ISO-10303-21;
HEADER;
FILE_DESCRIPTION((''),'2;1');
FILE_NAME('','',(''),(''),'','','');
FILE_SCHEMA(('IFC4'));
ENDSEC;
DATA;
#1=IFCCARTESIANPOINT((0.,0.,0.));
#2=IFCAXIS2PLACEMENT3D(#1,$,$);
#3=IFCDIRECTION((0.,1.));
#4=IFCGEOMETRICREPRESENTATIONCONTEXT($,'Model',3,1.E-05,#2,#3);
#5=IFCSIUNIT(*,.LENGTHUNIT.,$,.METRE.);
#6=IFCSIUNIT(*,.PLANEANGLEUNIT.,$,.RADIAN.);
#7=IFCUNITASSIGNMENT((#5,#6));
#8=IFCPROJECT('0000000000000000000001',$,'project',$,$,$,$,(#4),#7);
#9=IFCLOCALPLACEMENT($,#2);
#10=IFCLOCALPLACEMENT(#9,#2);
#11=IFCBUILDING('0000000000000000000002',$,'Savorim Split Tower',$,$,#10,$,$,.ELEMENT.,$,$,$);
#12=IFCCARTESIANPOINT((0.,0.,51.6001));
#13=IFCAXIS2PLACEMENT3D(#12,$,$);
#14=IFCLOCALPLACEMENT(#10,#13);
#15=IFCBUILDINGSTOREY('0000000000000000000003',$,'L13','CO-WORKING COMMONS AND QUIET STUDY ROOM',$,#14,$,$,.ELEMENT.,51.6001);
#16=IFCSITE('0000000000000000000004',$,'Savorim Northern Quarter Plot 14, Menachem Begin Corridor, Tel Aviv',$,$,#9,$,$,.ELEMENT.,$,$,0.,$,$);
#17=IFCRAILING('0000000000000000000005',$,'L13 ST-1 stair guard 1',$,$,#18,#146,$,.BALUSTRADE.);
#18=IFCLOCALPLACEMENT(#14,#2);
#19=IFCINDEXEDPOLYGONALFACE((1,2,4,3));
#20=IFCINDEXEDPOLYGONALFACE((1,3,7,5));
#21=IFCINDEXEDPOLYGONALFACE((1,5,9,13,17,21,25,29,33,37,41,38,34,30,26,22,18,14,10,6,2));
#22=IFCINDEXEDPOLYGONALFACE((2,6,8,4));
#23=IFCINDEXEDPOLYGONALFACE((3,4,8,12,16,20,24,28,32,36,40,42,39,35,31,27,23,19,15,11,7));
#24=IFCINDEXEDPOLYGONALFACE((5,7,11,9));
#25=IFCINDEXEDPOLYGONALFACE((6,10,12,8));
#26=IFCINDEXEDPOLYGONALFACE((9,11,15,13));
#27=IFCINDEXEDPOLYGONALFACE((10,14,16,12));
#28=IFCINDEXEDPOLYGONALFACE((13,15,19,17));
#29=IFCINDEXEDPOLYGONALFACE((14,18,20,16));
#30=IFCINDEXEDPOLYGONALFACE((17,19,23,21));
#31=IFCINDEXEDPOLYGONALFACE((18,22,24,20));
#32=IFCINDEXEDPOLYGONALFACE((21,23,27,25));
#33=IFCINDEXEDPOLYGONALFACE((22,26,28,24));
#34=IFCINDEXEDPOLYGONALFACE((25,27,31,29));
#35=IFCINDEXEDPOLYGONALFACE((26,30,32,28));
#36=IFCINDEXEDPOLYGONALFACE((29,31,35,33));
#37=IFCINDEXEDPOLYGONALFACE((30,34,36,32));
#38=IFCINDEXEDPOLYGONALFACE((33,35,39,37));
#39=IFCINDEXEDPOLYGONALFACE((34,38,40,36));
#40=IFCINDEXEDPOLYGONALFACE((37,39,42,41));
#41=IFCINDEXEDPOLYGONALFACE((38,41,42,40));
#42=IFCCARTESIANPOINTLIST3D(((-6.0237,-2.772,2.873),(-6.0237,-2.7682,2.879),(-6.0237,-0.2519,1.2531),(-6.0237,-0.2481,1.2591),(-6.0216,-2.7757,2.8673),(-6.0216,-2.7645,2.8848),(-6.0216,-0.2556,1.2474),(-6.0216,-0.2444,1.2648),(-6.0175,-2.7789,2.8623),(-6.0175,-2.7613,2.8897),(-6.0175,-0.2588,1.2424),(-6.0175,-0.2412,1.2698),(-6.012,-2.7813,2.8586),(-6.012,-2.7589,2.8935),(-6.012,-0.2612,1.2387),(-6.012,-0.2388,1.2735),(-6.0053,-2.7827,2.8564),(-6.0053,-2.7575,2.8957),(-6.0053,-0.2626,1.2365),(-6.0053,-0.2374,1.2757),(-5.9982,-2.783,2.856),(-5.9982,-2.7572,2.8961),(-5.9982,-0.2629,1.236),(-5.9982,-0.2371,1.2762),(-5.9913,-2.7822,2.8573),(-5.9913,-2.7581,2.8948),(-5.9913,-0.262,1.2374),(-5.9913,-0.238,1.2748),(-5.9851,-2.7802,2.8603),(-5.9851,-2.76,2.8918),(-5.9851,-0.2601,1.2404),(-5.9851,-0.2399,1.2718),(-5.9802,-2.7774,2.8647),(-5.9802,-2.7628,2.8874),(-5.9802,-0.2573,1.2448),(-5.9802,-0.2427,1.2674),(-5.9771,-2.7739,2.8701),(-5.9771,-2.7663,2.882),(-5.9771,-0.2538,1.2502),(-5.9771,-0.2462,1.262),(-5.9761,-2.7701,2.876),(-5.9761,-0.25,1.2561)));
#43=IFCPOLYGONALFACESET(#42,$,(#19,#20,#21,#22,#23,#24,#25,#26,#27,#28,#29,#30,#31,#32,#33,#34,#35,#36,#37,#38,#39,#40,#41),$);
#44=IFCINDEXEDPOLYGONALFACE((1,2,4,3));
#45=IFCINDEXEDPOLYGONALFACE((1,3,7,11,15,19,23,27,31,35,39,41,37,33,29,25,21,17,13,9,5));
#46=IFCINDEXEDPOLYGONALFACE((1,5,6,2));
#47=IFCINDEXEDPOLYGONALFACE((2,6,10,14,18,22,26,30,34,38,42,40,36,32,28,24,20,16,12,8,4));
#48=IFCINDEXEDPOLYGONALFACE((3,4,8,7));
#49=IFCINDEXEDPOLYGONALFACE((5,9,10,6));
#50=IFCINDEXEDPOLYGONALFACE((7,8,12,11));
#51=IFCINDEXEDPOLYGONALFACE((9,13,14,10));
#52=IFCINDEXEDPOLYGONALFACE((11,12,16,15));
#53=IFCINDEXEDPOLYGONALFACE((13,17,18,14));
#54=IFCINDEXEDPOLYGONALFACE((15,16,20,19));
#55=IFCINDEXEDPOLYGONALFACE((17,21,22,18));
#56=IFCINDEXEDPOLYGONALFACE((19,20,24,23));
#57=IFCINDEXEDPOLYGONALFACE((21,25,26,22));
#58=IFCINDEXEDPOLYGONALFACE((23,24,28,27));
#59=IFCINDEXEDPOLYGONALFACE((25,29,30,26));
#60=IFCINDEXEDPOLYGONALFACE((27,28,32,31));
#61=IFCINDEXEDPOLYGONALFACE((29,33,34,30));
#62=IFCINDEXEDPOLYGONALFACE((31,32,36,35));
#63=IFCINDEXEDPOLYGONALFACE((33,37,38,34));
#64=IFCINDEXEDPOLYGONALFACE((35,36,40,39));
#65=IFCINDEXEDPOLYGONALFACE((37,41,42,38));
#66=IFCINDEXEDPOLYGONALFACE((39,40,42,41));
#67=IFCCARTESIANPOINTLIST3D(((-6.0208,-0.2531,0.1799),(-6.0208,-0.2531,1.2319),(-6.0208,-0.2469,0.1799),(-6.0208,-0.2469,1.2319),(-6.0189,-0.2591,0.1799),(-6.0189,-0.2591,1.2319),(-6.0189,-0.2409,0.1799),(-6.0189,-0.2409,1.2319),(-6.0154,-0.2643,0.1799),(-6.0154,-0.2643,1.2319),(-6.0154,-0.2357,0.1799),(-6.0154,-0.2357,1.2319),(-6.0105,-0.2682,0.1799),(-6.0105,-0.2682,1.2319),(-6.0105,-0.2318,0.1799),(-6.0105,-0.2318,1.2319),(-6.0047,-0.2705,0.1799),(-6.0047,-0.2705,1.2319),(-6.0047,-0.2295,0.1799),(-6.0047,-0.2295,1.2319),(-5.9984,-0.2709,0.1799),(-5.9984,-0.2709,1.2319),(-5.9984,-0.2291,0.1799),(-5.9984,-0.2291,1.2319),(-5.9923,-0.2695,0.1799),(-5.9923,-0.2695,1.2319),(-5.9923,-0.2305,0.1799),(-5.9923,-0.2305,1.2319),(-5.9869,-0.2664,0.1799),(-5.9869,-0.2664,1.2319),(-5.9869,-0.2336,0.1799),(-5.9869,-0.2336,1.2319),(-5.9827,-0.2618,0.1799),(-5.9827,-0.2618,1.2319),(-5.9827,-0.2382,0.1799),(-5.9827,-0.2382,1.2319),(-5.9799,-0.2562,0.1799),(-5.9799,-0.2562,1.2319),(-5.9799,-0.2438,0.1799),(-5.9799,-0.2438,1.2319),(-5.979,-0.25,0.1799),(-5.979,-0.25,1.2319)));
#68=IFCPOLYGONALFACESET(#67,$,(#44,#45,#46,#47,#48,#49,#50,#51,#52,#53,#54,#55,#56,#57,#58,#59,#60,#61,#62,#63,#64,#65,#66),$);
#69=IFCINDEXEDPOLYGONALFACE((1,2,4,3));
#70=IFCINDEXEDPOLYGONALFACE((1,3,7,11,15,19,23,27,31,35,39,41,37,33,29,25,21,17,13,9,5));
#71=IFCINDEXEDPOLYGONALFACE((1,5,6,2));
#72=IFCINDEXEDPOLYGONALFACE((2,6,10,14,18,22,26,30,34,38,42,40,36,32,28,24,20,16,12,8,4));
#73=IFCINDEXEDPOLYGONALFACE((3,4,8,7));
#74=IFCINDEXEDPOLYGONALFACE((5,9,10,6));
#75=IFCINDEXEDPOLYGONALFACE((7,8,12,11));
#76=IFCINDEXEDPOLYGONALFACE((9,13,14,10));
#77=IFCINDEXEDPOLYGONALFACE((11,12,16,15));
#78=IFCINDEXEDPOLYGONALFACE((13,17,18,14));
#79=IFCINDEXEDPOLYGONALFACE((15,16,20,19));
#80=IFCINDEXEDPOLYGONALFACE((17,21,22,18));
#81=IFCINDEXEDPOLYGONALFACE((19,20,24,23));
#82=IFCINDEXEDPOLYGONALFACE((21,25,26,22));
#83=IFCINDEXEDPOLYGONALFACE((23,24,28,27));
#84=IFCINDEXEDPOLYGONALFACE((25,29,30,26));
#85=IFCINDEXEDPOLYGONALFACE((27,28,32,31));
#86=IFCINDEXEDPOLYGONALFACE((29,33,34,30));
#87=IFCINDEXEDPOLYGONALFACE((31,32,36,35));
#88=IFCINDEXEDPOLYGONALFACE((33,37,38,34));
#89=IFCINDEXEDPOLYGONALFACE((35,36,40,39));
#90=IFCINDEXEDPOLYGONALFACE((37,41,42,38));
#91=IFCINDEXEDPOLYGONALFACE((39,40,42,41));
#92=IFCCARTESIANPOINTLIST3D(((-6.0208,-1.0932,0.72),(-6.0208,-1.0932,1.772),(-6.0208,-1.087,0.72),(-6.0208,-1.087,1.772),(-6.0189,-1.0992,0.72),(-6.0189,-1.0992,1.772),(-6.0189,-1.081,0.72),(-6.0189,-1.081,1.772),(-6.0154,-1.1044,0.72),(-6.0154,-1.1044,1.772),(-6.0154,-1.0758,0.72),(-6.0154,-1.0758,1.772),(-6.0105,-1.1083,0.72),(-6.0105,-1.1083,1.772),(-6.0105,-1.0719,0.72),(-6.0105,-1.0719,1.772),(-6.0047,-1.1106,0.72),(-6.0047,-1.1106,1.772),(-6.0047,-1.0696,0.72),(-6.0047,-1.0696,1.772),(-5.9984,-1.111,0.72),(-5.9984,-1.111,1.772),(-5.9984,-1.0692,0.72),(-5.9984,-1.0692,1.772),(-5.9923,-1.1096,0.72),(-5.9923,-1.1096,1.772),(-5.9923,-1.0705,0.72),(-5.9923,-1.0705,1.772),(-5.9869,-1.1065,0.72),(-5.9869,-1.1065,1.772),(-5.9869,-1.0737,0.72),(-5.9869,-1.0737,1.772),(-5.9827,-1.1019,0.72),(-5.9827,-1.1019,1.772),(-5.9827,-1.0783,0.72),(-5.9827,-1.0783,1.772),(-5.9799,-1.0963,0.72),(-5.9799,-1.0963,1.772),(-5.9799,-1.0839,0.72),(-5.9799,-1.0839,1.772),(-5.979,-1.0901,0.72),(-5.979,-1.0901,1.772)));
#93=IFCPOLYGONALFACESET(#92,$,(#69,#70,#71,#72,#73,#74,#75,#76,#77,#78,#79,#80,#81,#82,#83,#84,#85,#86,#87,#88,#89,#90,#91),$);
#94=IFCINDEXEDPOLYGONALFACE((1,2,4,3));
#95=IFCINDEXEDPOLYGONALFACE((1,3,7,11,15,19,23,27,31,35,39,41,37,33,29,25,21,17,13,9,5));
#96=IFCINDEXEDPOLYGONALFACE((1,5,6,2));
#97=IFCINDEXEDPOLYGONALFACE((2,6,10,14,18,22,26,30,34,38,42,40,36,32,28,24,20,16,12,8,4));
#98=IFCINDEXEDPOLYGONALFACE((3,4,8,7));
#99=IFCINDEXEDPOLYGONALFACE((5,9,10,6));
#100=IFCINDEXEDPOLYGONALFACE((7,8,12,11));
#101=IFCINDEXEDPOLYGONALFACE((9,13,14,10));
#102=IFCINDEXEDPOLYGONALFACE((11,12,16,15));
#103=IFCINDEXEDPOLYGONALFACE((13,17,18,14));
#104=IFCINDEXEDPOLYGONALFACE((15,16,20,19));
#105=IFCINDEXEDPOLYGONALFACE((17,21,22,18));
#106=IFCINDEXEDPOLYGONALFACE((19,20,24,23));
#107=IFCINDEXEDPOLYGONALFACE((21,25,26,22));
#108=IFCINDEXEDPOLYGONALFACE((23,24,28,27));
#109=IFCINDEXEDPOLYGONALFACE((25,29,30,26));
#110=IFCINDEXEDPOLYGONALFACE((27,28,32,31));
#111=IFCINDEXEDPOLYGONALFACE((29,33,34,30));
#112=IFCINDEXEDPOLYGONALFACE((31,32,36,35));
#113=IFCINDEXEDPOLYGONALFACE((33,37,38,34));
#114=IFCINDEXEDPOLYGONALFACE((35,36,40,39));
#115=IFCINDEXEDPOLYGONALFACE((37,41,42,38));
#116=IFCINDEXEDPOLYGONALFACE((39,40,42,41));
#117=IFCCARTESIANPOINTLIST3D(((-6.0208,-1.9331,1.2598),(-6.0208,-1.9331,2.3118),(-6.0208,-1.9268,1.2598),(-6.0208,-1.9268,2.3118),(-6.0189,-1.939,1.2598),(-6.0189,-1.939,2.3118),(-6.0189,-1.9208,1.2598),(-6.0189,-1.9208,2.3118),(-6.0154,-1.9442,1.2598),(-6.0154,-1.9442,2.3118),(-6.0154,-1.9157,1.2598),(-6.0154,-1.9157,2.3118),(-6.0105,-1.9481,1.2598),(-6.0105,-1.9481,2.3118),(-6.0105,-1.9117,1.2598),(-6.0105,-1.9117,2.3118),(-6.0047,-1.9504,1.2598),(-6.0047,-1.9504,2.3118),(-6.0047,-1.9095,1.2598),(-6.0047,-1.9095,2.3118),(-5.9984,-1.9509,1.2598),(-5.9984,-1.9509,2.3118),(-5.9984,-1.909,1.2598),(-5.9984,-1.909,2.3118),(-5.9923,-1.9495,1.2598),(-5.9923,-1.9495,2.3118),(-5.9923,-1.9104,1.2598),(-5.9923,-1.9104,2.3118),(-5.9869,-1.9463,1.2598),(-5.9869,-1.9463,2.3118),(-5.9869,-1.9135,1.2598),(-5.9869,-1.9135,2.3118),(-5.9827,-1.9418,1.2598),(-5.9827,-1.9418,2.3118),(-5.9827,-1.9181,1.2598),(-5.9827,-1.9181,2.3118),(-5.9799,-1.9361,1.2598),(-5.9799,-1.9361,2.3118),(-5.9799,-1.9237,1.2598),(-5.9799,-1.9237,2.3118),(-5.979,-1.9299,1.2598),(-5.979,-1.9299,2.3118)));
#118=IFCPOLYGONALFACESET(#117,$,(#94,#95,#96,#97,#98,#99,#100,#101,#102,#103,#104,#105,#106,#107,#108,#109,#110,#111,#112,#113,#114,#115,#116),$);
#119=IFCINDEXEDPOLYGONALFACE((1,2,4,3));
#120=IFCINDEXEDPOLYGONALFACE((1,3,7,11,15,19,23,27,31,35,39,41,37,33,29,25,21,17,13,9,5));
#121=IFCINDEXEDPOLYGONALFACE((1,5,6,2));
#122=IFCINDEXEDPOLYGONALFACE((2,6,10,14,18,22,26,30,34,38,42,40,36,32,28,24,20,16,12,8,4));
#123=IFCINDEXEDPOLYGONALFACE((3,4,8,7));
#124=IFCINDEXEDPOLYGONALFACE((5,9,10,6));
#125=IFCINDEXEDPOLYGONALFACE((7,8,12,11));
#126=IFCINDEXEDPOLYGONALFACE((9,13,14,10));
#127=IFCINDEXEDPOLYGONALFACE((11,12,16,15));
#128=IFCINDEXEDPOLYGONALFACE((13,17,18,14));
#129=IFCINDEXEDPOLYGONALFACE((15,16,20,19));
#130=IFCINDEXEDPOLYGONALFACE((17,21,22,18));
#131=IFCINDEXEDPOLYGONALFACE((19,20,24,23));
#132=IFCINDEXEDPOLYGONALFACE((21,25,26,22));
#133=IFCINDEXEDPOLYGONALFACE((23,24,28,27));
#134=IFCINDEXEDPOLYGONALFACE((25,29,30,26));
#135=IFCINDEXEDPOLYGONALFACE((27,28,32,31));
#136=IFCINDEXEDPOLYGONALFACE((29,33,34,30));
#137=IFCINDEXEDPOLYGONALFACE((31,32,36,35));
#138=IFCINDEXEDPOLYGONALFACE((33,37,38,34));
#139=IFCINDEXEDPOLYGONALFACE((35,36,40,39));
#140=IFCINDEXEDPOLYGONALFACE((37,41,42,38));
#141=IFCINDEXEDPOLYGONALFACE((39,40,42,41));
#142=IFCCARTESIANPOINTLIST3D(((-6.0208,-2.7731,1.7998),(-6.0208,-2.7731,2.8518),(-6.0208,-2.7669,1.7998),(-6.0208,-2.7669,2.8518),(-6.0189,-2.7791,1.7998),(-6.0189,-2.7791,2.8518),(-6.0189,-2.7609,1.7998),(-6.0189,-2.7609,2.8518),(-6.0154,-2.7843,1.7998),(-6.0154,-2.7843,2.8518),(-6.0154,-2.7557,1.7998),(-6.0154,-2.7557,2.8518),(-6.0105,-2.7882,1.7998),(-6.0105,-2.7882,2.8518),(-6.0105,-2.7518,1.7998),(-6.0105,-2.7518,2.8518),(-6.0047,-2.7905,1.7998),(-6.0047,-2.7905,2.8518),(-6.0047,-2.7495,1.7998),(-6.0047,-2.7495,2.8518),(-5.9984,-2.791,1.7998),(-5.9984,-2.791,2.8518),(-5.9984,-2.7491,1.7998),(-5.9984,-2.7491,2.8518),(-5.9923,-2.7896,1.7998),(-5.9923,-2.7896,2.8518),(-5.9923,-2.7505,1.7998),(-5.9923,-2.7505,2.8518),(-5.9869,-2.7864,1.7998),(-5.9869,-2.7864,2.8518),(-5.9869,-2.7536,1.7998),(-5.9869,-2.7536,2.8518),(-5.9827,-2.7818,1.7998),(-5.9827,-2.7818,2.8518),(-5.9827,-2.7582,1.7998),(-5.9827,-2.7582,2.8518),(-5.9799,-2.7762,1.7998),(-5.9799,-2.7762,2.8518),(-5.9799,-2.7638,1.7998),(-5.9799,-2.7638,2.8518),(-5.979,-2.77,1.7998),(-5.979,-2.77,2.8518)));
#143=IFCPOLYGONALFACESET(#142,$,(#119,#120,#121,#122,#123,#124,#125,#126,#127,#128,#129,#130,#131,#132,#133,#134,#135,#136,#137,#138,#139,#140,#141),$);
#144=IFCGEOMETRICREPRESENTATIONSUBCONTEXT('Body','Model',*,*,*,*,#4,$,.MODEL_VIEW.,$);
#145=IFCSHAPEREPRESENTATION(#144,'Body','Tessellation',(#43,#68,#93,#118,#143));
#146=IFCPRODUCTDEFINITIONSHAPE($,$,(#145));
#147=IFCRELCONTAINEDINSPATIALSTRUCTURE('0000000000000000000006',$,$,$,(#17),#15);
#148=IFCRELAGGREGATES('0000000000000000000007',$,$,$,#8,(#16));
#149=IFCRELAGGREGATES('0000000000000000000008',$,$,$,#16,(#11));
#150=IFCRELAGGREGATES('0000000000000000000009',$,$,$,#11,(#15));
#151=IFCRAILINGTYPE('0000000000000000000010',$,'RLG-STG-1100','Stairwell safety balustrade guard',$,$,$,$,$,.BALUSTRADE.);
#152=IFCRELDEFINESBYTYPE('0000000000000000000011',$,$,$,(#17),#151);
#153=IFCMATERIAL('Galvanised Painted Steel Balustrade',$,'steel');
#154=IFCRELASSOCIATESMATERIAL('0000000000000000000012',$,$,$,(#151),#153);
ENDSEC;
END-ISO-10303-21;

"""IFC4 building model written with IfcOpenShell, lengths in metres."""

from ifc_helpers import new_model, si_unit, direction, frame, origin, origin_2d, place, context, subcontext, project, spatial, circle, extrude, material, type_object, element, save


model = new_model("IFC4")

# Units and contexts
model_context = context("Model", 3, precision=1e-05, world=origin(), true_north=direction((0.0, 1.0)))
body_context = subcontext(model_context, "Body", "Model", "MODEL_VIEW")
ifc_project = project(units=[si_unit("LENGTHUNIT", "METRE"), si_unit("PLANEANGLEUNIT", "RADIAN")], contexts=[model_context])

# Site, building, storey
site_placement = place(None, origin())
site = spatial("IfcSite", under=ifc_project, at=site_placement, Name="Savorim Northern Quarter Plot 14, Menachem Begin Corridor, Tel Aviv", CompositionType="ELEMENT", RefElevation=0.0)
building_placement = place(site_placement, origin())
building = spatial("IfcBuilding", under=site, at=building_placement, Name="Savorim Split Tower", CompositionType="ELEMENT")
storey_placement = place(building_placement, frame((0.0, 0.0, 51.6001)))
storey = spatial("IfcBuildingStorey", under=building, at=storey_placement, Name="L13", Description="CO-WORKING COMMONS AND QUIET STUDY ROOM", CompositionType="ELEMENT", Elevation=51.6001)

# Railing
ifc_material_1 = material(Name="Galvanised Painted Steel Balustrade", Category="steel")
railing_type_1 = type_object("IfcRailingType", Name="RLG-STG-1100", Description="Stairwell safety balustrade guard", PredefinedType="BALUSTRADE", material=ifc_material_1)
railing_1_placement = place(storey_placement, frame((-6.0, -0.25, 0.1799)))
element("IfcRailing", 1, at=railing_1_placement, inside=storey, type_object=railing_type_1, Name="L13 ST-1 stair guard 1", PredefinedType="BALUSTRADE", context=body_context, shape_type="SweptSolid", body=[
    extrude(circle(Radius=0.0239, at=origin_2d()), frame((0.0, 0.0, 1.0762), z_axis=(0.0, -0.8412, 0.540725), x_axis=(1.0, 0.0, 0.0)), (0.0, 0.0, 1.0), 2.9958),
    extrude(circle(Radius=0.021, at=origin_2d()), origin(), (0.0, 0.0, 1.0), 1.052),
    extrude(circle(Radius=0.021, at=origin_2d()), frame((0.0, -0.8401, 0.54)), (0.0, 0.0, 1.0), 1.052),
    extrude(circle(Radius=0.021, at=origin_2d()), frame((0.0, -1.6799, 1.0798)), (0.0, 0.0, 1.0), 1.052),
    extrude(circle(Radius=0.021, at=origin_2d()), frame((0.0, -2.52, 1.6199)), (0.0, 0.0, 1.0), 1.052),
])

save(model, "model.ifc")
